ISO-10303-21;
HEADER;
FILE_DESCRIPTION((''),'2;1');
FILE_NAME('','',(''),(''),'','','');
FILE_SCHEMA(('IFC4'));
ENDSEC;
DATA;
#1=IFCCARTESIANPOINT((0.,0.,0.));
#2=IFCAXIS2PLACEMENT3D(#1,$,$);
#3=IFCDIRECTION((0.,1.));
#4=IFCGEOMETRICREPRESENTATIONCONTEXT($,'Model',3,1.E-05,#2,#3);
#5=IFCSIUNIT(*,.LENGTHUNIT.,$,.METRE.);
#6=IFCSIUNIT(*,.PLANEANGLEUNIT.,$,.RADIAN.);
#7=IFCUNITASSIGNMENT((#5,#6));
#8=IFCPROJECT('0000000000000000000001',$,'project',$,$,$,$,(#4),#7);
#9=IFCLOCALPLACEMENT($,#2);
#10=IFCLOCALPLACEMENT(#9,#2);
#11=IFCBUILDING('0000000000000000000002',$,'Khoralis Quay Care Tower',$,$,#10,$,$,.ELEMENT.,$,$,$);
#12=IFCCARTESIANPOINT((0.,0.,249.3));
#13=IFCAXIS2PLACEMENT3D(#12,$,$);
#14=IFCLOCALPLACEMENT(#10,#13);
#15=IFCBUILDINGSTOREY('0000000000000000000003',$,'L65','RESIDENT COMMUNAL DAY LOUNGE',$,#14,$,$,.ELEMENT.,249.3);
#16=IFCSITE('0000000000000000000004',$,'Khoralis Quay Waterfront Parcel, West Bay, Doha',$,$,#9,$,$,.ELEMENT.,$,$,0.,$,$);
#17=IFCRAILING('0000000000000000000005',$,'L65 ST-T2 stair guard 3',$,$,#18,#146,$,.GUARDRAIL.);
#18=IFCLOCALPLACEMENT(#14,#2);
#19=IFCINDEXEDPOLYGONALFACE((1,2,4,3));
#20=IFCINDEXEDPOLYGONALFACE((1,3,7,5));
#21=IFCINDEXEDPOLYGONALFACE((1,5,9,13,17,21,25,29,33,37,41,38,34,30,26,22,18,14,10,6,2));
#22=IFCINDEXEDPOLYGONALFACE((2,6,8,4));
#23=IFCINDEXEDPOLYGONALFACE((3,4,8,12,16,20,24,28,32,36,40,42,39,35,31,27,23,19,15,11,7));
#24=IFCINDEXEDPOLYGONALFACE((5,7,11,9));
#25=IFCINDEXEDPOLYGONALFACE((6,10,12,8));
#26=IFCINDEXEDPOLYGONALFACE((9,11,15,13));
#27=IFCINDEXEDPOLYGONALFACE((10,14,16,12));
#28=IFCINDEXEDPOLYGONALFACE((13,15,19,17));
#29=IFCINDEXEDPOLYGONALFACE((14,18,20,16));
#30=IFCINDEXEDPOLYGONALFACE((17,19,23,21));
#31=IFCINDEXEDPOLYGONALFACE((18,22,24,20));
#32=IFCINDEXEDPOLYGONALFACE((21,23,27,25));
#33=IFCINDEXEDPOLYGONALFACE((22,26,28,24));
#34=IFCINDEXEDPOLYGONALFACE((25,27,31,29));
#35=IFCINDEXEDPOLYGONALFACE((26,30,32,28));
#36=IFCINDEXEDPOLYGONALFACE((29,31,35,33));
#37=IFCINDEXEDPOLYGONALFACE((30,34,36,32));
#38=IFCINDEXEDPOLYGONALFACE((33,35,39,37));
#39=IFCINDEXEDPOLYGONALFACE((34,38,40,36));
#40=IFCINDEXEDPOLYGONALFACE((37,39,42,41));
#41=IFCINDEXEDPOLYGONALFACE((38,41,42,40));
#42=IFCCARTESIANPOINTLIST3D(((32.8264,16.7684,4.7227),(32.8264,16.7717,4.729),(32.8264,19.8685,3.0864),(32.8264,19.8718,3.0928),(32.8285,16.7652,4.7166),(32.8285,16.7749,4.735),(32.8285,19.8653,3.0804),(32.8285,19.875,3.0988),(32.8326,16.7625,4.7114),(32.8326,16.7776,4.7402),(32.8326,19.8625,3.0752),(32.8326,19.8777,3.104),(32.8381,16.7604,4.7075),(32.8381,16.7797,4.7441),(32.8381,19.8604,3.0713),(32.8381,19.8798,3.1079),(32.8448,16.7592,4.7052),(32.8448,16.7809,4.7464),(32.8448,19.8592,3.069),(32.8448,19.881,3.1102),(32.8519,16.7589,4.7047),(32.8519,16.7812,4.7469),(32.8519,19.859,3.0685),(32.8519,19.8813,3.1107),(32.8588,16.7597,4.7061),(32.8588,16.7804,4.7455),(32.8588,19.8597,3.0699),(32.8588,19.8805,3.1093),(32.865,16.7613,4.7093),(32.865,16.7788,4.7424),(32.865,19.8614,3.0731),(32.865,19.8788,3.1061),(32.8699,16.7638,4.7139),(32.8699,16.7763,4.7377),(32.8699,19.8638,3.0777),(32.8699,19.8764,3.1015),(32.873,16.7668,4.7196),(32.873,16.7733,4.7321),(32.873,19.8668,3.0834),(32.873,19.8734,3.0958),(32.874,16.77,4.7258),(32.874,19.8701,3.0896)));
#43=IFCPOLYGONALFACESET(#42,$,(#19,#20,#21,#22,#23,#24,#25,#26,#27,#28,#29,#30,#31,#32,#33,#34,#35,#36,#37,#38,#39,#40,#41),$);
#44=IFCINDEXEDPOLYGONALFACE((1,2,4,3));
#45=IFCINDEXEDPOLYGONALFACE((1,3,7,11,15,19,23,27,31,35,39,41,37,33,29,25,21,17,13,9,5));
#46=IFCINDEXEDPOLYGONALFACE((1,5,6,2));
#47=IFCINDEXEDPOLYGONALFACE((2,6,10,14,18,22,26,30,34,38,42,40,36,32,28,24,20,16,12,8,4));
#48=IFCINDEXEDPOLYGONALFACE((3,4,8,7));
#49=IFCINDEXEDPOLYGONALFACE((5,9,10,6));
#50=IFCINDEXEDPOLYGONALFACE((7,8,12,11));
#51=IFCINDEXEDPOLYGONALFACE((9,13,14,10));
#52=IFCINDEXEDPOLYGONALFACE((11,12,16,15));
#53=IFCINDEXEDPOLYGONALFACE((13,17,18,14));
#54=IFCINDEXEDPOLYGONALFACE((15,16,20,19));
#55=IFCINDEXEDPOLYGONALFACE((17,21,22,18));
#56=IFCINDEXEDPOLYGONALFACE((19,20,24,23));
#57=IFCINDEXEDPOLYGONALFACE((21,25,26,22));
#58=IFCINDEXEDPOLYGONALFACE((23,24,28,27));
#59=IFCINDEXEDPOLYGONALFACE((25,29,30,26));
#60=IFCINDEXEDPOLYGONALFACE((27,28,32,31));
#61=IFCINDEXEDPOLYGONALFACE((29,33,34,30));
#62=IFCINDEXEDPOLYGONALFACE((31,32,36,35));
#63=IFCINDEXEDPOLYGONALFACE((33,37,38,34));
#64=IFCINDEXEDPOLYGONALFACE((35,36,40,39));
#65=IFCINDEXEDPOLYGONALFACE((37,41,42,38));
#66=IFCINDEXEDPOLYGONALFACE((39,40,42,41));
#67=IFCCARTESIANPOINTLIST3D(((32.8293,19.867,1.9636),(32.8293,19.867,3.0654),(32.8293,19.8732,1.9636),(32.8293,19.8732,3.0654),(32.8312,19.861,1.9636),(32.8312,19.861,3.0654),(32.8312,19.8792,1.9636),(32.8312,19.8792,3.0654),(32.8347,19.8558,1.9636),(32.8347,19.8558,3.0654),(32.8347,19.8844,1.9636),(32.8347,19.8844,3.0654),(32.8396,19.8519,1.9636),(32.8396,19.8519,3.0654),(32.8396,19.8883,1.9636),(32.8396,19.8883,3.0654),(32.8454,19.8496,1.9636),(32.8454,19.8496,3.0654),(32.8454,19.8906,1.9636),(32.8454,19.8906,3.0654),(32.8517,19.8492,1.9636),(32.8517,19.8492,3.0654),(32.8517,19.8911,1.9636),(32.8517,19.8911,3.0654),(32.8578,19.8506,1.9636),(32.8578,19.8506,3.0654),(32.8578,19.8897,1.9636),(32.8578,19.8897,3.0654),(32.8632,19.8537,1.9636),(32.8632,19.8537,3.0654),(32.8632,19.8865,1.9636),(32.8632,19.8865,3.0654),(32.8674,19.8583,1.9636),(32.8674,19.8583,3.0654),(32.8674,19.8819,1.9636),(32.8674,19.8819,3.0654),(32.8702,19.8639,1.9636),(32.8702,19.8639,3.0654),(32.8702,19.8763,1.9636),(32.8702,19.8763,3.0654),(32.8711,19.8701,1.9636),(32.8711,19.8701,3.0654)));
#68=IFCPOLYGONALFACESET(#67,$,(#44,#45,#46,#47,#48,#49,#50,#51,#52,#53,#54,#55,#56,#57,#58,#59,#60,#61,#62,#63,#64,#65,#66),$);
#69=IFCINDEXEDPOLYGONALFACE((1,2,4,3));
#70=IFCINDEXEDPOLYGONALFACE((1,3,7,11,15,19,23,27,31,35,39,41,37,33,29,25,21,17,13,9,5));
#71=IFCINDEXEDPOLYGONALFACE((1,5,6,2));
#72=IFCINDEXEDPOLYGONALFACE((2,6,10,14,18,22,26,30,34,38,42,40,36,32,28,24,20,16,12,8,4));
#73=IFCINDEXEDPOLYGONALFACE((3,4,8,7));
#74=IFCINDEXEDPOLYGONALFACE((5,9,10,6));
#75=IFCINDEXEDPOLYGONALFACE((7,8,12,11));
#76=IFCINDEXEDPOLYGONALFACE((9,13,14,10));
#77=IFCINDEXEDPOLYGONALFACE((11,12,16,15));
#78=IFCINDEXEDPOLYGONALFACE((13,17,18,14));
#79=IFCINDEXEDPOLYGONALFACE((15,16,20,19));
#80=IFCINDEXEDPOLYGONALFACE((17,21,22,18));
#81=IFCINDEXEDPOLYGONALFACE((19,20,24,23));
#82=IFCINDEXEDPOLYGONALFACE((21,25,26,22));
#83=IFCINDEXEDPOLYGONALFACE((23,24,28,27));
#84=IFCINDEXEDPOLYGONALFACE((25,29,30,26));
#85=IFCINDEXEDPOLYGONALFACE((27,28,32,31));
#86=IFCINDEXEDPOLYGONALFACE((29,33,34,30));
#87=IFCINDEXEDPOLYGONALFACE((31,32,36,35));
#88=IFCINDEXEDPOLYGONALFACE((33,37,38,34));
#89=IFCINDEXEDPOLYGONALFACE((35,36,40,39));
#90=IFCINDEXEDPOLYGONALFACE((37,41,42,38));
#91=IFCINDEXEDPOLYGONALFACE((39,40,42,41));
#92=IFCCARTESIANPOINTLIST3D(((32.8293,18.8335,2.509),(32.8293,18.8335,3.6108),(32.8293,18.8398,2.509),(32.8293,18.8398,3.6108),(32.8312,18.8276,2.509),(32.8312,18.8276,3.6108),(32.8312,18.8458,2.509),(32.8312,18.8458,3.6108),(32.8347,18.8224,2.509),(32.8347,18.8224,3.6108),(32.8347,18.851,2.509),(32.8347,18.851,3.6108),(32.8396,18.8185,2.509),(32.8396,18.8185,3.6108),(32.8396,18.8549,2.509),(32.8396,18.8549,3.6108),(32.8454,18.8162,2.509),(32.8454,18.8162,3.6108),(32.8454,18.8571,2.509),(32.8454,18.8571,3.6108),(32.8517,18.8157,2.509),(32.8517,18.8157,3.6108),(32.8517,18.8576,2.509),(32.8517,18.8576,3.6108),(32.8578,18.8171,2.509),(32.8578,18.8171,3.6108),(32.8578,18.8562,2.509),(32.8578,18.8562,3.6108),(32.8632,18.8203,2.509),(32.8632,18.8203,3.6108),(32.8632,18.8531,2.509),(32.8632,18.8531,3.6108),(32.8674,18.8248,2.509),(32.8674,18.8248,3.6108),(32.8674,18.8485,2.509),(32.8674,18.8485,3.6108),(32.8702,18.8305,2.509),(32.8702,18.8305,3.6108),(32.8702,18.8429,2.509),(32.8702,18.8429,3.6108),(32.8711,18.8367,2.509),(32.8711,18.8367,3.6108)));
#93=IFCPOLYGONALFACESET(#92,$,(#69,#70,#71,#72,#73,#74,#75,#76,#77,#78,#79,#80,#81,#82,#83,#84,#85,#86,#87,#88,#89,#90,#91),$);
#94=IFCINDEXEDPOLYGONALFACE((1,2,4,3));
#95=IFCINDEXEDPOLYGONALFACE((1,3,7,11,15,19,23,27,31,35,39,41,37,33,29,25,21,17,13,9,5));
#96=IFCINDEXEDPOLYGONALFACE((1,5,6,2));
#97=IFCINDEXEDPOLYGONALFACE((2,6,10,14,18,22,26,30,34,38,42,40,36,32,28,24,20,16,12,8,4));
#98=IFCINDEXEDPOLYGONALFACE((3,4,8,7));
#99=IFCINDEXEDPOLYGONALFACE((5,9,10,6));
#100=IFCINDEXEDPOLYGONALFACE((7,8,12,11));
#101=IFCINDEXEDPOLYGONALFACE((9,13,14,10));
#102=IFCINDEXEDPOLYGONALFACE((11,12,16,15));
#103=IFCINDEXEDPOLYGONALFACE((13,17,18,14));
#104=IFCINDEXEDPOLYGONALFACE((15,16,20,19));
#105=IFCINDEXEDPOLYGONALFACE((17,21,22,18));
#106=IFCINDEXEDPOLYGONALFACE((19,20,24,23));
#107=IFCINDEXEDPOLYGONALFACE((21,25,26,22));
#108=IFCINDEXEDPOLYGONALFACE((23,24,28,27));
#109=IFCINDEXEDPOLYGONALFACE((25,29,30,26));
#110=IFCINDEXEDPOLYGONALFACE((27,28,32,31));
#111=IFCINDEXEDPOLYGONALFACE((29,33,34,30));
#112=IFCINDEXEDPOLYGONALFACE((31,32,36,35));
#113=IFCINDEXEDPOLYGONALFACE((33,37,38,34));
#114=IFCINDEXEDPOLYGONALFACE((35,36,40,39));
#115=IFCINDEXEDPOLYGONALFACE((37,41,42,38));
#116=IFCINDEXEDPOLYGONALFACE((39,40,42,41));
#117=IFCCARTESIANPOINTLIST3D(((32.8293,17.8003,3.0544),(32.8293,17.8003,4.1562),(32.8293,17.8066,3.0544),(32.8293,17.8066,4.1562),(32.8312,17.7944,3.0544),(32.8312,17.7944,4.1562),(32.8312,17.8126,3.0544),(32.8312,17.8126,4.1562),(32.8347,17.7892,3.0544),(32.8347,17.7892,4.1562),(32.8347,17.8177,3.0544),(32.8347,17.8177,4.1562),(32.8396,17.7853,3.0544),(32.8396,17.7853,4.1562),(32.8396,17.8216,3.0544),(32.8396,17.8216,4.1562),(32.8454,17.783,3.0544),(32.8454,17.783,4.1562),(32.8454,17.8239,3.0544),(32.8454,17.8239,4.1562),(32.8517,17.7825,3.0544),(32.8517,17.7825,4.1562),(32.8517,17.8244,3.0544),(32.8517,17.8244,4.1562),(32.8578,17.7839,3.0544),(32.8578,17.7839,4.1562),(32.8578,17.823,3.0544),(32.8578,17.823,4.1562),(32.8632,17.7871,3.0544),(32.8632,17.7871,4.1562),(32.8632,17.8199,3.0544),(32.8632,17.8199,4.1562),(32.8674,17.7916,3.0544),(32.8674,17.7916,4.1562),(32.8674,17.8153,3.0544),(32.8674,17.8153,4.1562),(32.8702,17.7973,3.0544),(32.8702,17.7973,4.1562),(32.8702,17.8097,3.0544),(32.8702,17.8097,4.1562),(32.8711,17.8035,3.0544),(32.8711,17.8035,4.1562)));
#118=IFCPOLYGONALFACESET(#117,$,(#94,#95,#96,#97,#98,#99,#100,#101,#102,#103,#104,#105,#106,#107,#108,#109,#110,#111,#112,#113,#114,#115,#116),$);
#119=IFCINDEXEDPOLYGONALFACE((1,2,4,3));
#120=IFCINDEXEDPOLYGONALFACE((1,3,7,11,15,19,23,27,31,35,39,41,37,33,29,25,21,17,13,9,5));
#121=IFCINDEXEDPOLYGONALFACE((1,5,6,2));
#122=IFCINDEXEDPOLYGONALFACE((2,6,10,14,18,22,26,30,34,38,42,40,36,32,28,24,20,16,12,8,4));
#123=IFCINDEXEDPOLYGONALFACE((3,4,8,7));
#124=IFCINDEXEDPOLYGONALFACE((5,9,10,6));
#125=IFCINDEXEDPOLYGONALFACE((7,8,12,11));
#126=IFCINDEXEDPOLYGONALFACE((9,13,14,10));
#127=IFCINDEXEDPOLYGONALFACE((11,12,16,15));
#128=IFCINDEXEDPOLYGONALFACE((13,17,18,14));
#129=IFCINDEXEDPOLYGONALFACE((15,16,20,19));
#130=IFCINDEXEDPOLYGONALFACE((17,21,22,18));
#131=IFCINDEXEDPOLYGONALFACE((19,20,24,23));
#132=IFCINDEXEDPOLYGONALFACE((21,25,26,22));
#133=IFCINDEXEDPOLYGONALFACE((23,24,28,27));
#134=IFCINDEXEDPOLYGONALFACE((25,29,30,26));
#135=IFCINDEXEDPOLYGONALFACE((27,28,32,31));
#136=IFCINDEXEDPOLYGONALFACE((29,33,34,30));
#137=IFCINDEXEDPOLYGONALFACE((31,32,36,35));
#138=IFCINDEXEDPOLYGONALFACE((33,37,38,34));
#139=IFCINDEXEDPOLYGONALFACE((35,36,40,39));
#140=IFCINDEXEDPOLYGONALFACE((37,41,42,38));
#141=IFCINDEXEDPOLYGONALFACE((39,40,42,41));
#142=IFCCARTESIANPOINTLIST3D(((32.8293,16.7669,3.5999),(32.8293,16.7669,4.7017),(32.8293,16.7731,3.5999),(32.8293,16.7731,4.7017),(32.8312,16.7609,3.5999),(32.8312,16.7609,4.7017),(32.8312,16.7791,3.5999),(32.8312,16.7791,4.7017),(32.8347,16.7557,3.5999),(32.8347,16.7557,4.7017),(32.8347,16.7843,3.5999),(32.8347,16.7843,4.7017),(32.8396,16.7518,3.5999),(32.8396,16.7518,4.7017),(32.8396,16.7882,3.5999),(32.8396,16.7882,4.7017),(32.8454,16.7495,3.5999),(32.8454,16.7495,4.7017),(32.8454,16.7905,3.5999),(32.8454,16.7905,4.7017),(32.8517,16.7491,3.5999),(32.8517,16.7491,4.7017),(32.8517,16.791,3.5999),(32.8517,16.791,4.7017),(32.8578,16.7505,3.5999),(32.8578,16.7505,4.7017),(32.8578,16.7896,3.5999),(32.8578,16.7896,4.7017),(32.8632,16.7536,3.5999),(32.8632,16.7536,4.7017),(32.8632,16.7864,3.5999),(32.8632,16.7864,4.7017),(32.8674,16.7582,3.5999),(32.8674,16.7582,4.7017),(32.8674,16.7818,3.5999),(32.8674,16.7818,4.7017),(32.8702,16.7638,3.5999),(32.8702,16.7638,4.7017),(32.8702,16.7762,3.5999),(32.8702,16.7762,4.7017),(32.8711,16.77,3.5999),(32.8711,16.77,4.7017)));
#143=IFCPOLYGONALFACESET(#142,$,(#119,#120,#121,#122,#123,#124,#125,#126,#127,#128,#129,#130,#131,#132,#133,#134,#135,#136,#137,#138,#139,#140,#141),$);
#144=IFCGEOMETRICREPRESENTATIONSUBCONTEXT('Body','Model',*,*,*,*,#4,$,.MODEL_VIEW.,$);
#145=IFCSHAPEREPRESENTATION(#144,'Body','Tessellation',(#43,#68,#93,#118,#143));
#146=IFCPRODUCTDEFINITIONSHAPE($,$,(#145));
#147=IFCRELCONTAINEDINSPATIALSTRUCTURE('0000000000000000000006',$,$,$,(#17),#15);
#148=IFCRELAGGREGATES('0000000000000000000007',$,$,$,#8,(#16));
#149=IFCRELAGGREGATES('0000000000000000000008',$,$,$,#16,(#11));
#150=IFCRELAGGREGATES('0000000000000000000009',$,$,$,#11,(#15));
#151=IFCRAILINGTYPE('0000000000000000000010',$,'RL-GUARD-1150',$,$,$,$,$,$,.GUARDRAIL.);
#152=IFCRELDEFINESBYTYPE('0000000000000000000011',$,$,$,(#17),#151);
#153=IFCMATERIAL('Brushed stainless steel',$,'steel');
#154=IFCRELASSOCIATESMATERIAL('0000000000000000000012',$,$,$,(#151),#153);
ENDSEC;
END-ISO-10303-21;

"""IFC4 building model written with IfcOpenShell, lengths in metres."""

from ifc_helpers import new_model, si_unit, direction, frame, origin, origin_2d, place, context, subcontext, project, spatial, circle, extrude, material, type_object, element, save


model = new_model("IFC4")

# Units and contexts
model_context = context("Model", 3, precision=1e-05, world=origin(), true_north=direction((0.0, 1.0)))
body_context = subcontext(model_context, "Body", "Model", "MODEL_VIEW")
ifc_project = project(units=[si_unit("LENGTHUNIT", "METRE"), si_unit("PLANEANGLEUNIT", "RADIAN")], contexts=[model_context])

# Site, building, storey
site_placement = place(None, origin())
site = spatial("IfcSite", under=ifc_project, at=site_placement, Name="Khoralis Quay Waterfront Parcel, West Bay, Doha", CompositionType="ELEMENT", RefElevation=0.0)
building_placement = place(site_placement, origin())
building = spatial("IfcBuilding", under=site, at=building_placement, Name="Khoralis Quay Care Tower", CompositionType="ELEMENT")
storey_placement = place(building_placement, frame((0.0, 0.0, 249.3)))
storey = spatial("IfcBuildingStorey", under=building, at=storey_placement, Name="L65", Description="RESIDENT COMMUNAL DAY LOUNGE", CompositionType="ELEMENT", Elevation=249.3)

# Shared definitions
ifc_material_1 = material(Name="Brushed stainless steel", Category="steel")

# Railing
railing_type_1 = type_object("IfcRailingType", Name="RL-GUARD-1150", PredefinedType="GUARDRAIL", material=ifc_material_1)
railing_1_placement = place(storey_placement, frame((32.8501, 19.8701, 1.9636)))
element("IfcRailing", 1, at=railing_1_placement, inside=storey, type_object=railing_type_1, Name="L65 ST-T2 stair guard 3", PredefinedType="GUARDRAIL", context=body_context, shape_type="SweptSolid", body=[
    extrude(circle(Radius=0.0239, at=origin_2d()), frame((0.0, 0.0, 1.126), z_axis=(0.0, -0.884377, 0.466774), x_axis=(1.0, 0.0, 0.0)), (0.0, 0.0, 1.0), 3.5054),
    extrude(circle(Radius=0.021, at=origin_2d()), origin(), (0.0, 0.0, 1.0), 1.1018),
    extrude(circle(Radius=0.021, at=origin_2d()), frame((0.0, -1.0334, 0.5454)), (0.0, 0.0, 1.0), 1.1018),
    extrude(circle(Radius=0.021, at=origin_2d()), frame((0.0, -2.0667, 1.0908)), (0.0, 0.0, 1.0), 1.1018),
    extrude(circle(Radius=0.021, at=origin_2d()), frame((0.0, -3.1001, 1.6362)), (0.0, 0.0, 1.0), 1.1018),
])

save(model, "model.ifc")
